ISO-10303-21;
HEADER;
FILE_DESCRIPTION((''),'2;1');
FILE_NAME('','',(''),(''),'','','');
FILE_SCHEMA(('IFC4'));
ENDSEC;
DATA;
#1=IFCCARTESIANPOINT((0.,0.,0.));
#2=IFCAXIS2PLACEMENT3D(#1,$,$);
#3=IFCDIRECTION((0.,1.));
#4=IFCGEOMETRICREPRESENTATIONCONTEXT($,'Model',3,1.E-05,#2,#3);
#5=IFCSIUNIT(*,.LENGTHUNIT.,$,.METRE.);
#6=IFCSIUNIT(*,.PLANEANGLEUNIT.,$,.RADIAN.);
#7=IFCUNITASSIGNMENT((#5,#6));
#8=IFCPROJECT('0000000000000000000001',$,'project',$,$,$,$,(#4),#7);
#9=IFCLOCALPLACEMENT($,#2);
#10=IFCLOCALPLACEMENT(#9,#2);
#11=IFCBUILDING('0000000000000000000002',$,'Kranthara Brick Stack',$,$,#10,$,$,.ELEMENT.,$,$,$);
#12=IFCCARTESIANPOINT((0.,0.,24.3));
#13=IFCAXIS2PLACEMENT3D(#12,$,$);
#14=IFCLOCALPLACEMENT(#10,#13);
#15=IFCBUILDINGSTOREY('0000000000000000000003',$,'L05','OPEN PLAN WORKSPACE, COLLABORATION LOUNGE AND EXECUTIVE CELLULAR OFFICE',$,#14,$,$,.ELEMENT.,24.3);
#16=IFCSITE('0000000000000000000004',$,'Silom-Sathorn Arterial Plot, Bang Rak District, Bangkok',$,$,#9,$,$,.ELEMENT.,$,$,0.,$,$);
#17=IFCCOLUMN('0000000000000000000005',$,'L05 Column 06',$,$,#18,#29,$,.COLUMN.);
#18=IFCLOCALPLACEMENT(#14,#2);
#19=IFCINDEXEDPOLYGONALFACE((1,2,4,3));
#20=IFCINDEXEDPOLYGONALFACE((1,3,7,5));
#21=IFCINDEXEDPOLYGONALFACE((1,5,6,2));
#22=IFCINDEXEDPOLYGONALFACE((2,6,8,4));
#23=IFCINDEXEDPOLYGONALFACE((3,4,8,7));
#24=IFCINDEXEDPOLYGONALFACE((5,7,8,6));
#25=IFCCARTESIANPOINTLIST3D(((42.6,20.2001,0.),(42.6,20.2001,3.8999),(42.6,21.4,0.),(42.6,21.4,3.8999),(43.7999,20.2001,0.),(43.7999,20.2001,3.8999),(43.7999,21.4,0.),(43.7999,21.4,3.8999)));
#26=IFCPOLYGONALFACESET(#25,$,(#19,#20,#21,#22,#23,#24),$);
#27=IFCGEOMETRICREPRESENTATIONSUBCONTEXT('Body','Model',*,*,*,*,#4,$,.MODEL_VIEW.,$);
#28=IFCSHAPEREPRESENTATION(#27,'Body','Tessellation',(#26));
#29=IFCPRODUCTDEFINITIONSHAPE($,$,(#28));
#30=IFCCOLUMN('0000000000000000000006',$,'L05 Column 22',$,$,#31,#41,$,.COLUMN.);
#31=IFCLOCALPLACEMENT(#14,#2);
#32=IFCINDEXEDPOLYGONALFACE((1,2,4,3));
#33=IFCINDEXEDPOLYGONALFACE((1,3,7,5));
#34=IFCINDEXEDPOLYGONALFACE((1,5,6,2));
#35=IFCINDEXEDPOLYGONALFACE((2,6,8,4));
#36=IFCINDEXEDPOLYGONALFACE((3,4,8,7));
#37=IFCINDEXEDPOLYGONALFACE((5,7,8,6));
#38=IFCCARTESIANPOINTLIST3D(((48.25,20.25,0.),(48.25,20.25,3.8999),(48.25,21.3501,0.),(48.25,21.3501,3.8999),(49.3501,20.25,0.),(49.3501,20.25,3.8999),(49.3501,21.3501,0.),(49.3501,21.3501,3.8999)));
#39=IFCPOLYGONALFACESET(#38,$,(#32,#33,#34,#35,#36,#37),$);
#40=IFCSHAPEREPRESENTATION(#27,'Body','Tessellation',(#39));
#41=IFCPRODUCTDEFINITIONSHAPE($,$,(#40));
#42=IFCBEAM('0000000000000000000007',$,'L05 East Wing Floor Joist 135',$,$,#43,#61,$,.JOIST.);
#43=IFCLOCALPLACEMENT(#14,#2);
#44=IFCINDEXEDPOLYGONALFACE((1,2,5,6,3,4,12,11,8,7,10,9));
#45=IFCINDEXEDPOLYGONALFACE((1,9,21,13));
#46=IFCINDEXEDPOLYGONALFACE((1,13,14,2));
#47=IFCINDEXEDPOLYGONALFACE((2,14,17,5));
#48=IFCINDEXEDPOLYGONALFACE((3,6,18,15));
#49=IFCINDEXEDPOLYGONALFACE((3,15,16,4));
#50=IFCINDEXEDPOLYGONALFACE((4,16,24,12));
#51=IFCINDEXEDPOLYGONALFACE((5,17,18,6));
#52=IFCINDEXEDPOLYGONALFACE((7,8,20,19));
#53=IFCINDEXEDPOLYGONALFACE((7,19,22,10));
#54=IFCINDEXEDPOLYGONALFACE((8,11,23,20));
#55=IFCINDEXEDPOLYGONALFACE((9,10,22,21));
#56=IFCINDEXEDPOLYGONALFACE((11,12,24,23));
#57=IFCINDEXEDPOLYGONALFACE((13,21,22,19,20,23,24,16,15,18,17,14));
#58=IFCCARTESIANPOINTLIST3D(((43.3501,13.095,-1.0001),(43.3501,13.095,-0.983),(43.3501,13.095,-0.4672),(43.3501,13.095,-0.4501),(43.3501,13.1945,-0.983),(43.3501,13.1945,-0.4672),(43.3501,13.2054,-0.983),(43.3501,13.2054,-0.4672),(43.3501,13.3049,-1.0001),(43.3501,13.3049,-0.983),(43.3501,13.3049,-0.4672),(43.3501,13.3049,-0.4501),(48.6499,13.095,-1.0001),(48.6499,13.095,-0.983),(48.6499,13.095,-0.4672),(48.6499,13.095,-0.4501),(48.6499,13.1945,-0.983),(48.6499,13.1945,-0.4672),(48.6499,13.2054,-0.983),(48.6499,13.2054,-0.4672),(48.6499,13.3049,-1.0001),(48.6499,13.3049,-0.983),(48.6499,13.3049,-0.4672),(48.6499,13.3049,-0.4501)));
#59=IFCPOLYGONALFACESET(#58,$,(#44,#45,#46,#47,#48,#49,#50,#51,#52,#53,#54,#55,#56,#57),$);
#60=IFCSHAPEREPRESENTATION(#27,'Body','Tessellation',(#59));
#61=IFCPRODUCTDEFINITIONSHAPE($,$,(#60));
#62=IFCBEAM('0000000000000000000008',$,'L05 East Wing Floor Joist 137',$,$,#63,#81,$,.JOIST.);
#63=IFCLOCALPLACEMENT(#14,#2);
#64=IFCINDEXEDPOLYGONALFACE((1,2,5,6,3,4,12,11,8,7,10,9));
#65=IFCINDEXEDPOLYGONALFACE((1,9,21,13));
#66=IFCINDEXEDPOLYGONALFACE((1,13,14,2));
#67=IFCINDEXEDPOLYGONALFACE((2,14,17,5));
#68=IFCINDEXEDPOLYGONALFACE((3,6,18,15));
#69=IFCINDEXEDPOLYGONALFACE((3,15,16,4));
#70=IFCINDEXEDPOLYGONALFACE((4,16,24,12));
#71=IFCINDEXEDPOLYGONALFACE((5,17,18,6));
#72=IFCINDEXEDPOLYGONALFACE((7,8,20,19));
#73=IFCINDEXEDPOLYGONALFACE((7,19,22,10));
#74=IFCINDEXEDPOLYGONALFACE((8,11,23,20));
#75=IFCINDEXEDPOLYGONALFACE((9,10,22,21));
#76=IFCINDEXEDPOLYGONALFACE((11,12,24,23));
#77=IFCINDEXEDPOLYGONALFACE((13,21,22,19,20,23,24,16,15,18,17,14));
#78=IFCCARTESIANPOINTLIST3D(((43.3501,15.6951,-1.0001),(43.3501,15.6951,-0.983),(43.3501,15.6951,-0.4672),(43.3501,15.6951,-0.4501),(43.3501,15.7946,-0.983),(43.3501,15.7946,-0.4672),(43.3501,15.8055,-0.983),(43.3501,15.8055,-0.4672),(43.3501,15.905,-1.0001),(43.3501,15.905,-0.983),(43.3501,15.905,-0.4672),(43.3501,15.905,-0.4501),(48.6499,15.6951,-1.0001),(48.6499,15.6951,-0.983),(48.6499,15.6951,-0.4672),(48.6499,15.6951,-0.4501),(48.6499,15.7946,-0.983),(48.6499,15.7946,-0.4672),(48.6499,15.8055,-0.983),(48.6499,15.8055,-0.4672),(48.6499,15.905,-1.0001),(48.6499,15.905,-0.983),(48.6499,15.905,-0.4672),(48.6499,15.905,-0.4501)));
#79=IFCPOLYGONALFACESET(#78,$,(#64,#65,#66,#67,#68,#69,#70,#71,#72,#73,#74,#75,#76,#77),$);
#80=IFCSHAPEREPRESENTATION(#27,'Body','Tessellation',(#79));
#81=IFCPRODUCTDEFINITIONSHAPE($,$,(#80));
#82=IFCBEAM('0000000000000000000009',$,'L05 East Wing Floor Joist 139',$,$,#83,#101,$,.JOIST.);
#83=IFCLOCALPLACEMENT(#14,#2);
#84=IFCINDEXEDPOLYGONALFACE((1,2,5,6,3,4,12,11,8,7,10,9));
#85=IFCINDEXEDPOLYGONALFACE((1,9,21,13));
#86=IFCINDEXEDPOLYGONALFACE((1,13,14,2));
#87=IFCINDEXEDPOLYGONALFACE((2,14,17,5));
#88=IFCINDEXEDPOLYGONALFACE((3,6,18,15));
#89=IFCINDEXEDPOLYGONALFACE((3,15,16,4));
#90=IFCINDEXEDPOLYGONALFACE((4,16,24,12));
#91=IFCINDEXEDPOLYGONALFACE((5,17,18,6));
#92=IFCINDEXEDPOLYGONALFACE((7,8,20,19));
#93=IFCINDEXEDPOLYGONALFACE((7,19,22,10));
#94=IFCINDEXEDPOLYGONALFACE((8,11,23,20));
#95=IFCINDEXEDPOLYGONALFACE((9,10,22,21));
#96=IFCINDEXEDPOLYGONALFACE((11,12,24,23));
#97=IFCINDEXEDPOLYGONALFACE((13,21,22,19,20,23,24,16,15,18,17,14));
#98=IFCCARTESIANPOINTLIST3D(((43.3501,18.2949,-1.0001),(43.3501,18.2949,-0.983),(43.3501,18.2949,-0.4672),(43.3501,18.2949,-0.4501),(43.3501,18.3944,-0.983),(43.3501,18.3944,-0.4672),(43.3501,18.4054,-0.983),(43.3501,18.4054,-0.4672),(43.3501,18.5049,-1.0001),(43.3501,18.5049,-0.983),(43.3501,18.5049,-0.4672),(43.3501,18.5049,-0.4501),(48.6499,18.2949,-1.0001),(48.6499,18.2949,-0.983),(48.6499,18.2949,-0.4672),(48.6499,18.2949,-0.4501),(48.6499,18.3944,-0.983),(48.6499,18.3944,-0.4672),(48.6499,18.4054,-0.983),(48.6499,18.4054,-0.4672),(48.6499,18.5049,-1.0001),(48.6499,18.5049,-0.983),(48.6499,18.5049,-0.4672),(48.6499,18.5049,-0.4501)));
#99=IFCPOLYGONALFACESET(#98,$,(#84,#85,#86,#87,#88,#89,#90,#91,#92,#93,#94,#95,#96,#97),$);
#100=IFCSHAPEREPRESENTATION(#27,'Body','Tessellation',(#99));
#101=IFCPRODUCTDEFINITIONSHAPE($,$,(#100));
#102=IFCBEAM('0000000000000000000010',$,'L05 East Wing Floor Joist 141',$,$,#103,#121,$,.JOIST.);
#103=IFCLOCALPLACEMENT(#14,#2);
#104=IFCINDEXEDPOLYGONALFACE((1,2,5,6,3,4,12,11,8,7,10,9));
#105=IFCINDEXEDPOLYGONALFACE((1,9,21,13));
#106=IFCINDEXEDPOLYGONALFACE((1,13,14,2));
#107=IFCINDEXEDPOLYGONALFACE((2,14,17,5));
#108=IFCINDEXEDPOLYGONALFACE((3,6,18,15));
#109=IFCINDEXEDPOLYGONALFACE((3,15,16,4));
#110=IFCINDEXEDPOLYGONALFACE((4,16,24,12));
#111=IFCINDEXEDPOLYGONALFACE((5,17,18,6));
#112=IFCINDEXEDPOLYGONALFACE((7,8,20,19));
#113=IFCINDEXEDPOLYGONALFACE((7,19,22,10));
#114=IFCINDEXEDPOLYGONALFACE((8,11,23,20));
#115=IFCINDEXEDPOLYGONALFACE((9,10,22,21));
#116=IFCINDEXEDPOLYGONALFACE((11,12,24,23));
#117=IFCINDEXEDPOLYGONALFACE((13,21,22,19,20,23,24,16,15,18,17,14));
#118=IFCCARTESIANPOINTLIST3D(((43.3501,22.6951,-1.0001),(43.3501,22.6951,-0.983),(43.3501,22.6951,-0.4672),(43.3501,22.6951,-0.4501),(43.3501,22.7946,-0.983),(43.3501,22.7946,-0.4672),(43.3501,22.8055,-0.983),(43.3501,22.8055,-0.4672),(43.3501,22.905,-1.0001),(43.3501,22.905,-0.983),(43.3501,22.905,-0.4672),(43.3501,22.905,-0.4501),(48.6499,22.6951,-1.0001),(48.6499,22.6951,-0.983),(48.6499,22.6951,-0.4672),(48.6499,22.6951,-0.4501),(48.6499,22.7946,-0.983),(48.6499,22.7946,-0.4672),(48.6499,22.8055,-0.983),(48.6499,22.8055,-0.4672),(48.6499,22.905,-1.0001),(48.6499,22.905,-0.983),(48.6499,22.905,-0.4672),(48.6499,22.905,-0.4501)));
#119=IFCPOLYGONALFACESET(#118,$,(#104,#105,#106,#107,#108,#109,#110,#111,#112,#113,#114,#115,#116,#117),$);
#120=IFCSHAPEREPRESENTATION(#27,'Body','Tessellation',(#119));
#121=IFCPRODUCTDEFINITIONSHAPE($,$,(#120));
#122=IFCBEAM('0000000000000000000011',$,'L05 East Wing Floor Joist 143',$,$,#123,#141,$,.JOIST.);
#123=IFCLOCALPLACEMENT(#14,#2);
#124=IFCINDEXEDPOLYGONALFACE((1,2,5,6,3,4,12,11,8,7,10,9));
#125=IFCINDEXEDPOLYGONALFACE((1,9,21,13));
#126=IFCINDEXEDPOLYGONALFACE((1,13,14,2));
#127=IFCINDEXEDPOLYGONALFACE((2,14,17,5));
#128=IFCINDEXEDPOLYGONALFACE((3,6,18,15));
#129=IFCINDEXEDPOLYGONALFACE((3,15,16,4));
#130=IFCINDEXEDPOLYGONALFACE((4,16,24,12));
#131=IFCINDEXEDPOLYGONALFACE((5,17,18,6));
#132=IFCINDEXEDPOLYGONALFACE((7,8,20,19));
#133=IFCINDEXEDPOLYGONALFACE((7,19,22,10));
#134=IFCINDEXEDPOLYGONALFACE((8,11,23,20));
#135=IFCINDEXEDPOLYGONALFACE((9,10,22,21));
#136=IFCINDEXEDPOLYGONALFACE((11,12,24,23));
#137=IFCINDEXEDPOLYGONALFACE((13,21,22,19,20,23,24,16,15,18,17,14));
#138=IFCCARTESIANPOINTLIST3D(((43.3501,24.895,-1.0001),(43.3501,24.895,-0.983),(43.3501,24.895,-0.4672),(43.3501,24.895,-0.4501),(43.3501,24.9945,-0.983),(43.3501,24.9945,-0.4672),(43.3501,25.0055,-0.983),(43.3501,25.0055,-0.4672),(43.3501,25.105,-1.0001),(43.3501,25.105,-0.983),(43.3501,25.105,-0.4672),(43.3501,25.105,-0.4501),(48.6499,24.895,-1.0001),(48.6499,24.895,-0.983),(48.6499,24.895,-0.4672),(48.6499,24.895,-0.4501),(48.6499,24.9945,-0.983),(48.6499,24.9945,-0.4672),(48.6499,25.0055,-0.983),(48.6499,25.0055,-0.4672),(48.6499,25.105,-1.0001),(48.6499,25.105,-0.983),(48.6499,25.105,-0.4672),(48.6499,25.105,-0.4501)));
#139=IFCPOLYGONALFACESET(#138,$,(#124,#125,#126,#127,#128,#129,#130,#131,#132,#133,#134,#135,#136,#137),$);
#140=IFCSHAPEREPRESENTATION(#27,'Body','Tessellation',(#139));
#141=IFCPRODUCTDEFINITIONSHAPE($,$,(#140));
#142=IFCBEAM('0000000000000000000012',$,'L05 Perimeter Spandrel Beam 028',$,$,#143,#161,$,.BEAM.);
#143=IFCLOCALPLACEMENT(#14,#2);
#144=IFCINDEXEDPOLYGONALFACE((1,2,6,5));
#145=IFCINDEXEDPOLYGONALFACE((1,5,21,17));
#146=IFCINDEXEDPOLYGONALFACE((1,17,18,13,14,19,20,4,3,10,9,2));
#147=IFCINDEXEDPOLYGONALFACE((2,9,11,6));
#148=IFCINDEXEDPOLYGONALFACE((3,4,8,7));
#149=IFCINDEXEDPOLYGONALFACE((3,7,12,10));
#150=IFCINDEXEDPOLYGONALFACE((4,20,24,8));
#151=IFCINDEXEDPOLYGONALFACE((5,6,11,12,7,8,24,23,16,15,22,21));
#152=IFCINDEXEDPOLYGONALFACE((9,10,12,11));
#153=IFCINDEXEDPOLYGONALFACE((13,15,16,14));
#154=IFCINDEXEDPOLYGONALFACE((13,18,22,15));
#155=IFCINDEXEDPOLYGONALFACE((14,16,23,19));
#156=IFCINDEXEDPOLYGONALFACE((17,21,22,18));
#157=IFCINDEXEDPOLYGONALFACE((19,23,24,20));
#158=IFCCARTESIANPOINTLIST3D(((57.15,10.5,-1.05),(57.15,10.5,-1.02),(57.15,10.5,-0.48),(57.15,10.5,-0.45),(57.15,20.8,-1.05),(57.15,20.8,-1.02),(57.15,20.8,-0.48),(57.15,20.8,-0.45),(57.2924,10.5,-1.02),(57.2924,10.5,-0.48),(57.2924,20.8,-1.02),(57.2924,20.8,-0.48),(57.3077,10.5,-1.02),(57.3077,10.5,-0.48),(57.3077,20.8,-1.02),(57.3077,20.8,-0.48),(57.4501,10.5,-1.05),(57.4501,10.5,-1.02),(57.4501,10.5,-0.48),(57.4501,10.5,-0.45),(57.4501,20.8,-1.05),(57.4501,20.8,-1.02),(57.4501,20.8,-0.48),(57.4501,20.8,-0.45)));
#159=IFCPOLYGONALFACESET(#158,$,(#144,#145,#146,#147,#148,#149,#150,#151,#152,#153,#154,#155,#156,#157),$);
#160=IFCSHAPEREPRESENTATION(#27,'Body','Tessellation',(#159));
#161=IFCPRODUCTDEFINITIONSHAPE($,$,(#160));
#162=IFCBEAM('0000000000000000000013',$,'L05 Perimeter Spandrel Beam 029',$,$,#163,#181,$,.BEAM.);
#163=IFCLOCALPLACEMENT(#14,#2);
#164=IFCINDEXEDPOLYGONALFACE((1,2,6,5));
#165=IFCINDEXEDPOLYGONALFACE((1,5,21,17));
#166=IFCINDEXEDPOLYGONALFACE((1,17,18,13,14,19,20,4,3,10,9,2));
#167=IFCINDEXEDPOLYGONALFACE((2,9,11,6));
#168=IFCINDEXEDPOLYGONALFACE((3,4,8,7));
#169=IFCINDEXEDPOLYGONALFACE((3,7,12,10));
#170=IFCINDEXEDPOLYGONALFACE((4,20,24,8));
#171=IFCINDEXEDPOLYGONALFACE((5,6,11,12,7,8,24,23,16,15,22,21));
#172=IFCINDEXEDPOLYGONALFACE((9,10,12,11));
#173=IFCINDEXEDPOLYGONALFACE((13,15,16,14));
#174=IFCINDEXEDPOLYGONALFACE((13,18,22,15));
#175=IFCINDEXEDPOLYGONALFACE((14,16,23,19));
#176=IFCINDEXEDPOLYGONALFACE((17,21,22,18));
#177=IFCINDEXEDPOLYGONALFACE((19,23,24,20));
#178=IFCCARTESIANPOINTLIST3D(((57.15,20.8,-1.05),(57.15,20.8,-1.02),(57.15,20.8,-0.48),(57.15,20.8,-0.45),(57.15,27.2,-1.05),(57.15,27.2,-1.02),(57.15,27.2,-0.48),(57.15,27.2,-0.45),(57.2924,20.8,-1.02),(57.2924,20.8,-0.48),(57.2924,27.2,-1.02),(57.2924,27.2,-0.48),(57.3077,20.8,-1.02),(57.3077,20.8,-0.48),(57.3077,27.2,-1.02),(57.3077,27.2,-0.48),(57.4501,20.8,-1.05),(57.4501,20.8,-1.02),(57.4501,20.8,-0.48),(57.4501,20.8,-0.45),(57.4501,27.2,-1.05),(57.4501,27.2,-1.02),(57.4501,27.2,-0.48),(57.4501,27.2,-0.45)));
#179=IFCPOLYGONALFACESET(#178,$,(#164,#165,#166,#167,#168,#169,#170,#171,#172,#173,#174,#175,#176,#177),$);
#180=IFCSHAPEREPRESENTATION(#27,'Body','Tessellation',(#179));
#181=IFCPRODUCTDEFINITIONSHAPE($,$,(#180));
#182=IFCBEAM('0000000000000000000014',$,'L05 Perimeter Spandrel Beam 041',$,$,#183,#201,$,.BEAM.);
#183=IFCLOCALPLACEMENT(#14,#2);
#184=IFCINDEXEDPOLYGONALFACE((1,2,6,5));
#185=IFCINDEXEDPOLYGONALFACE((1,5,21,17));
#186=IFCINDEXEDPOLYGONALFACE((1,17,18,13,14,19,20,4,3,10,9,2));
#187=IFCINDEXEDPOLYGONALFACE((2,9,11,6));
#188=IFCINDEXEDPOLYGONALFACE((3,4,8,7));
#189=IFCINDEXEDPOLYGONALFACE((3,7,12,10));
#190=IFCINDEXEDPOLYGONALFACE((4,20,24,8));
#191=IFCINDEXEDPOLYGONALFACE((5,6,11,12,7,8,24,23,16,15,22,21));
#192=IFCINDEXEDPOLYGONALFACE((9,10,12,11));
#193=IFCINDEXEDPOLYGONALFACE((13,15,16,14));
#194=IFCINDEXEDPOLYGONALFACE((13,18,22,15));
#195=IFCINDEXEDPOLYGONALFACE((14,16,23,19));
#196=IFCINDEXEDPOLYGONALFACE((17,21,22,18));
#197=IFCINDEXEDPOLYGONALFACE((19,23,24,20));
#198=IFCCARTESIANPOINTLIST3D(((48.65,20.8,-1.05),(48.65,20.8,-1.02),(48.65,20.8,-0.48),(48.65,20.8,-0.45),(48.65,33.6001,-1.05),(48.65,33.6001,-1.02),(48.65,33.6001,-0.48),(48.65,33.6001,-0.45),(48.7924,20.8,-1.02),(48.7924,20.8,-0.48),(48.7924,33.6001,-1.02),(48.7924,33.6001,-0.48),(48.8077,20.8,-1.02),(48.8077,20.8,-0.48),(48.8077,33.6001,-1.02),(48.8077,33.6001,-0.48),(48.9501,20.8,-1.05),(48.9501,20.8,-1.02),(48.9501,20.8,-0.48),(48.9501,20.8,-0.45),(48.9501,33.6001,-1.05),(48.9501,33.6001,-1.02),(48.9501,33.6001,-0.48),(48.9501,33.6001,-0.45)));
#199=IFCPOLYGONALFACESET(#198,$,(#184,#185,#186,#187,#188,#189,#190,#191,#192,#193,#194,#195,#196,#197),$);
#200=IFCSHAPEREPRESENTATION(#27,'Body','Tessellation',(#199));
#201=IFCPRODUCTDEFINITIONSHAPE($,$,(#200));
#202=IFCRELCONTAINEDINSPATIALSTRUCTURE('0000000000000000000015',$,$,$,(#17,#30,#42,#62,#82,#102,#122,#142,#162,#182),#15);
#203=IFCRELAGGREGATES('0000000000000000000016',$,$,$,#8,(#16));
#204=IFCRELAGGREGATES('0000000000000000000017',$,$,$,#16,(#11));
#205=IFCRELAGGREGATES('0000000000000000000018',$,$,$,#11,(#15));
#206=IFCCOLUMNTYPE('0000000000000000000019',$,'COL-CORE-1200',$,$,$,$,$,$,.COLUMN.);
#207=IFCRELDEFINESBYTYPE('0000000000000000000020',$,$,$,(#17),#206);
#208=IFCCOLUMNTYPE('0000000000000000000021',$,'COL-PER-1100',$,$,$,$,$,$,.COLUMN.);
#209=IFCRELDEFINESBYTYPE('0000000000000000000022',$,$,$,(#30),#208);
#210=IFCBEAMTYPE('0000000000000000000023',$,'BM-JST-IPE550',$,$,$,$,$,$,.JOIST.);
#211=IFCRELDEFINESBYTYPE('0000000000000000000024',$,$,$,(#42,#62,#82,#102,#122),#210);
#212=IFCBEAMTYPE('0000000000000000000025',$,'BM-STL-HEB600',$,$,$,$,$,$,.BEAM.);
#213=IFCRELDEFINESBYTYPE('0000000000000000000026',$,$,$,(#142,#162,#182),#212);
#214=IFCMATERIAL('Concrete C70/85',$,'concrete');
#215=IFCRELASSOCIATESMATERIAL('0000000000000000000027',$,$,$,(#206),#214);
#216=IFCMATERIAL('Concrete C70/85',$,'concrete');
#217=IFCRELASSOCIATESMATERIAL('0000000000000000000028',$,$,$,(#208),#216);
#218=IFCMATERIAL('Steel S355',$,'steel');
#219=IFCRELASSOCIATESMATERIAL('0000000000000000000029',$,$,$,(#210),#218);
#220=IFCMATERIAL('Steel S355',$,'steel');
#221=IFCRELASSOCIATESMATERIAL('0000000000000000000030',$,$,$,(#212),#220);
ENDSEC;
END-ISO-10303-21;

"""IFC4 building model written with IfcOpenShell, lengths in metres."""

from ifc_helpers import new_model, si_unit, direction, frame, origin, origin_2d, place, context, subcontext, project, spatial, rectangle, i_section, extrude, material, material_profile, profile_set, type_object, element, save


model = new_model("IFC4")

# Units and contexts
model_context = context("Model", 3, precision=1e-05, world=origin(), true_north=direction((0.0, 1.0)))
body_context = subcontext(model_context, "Body", "Model", "MODEL_VIEW")
ifc_project = project(units=[si_unit("LENGTHUNIT", "METRE"), si_unit("PLANEANGLEUNIT", "RADIAN")], contexts=[model_context])

# Site, building, storey
site_placement = place(None, origin())
site = spatial("IfcSite", under=ifc_project, at=site_placement, Name="Silom-Sathorn Arterial Plot, Bang Rak District, Bangkok", CompositionType="ELEMENT", RefElevation=0.0)
building_placement = place(site_placement, origin())
building = spatial("IfcBuilding", under=site, at=building_placement, Name="Kranthara Brick Stack", CompositionType="ELEMENT")
storey_placement = place(building_placement, frame((0.0, 0.0, 24.3)))
storey = spatial("IfcBuildingStorey", under=building, at=storey_placement, Name="L05", Description="OPEN PLAN WORKSPACE, COLLABORATION LOUNGE AND EXECUTIVE CELLULAR OFFICE", CompositionType="ELEMENT", Elevation=24.3)

# Columns
ifc_material_1 = material(Name="Concrete C70/85", Category="concrete")
ifc_material_profile_1 = material_profile(ifc_material_1, rectangle(XDim=1.2, YDim=1.2, at=origin_2d()), Name="RC 1200x1200")
ifc_profile_set_1 = profile_set([ifc_material_profile_1], Name="Concrete C70/85")
column_type_1 = type_object("IfcColumnType", Name="COL-CORE-1200", PredefinedType="COLUMN", material=ifc_profile_set_1)
column_1_placement = place(storey_placement, frame((43.2, 20.8, 0.0), z_axis=(0.0, 0.0, 1.0), x_axis=(1.0, 0.0, 0.0)))
element("IfcColumn", 1, at=column_1_placement, inside=storey, type_object=column_type_1, Name="L05 Column 06", PredefinedType="COLUMN", context=body_context, shape_type="SweptSolid", body=[
    extrude(rectangle(XDim=1.2, YDim=1.2, at=origin_2d()), origin(), (0.0, 0.0, 1.0), 3.8999),
])
ifc_material_2 = material(Name="Concrete C70/85", Category="concrete")
ifc_material_profile_2 = material_profile(ifc_material_2, rectangle(XDim=1.1001, YDim=1.1001, at=origin_2d()), Name="RC 1100x1100")
ifc_profile_set_2 = profile_set([ifc_material_profile_2], Name="Concrete C70/85")
column_type_2 = type_object("IfcColumnType", Name="COL-PER-1100", PredefinedType="COLUMN", material=ifc_profile_set_2)
column_2_placement = place(storey_placement, frame((48.8, 20.8, 0.0), z_axis=(0.0, 0.0, 1.0), x_axis=(1.0, 0.0, 0.0)))
element("IfcColumn", 2, at=column_2_placement, inside=storey, type_object=column_type_2, Name="L05 Column 22", PredefinedType="COLUMN", context=body_context, shape_type="SweptSolid", body=[
    extrude(rectangle(XDim=1.1001, YDim=1.1001, at=origin_2d()), origin(), (0.0, 0.0, 1.0), 3.8999),
])

# Beams
ifc_material_3 = material(Name="Steel S355", Category="steel")
ifc_material_profile_3 = material_profile(ifc_material_3, i_section(OverallWidth=0.21, OverallDepth=0.55, WebThickness=0.011, FlangeThickness=0.0171, at=origin_2d()), Name="IPE 550")
ifc_profile_set_3 = profile_set([ifc_material_profile_3], Name="Steel S355")
beam_type_1 = type_object("IfcBeamType", Name="BM-JST-IPE550", PredefinedType="JOIST", material=ifc_profile_set_3)
for number, where, z_axis, x_axis, name in (
    (3, (43.3501, 13.2, -0.7251), (1.0, 0.0, 0.0), (0.0, 1.0, 0.0), "L05 East Wing Floor Joist 135"),
    (4, (43.3501, 15.8, -0.7251), (1.0, 0.0, 0.0), (0.0, 1.0, 0.0), "L05 East Wing Floor Joist 137"),
    (5, (43.3501, 18.3999, -0.7251), (1.0, 0.0, 0.0), (0.0, 1.0, 0.0), "L05 East Wing Floor Joist 139"),
    (6, (43.3501, 22.8, -0.7251), (1.0, 0.0, 0.0), (0.0, 1.0, 0.0), "L05 East Wing Floor Joist 141"),
    (7, (43.3501, 25.0, -0.7251), (1.0, 0.0, 0.0), (0.0, 1.0, 0.0), "L05 East Wing Floor Joist 143"),
):
    element("IfcBeam", number, at=place(storey_placement, frame(where, z_axis=z_axis, x_axis=x_axis)), inside=storey, type_object=beam_type_1, Name=name, PredefinedType="JOIST", context=body_context, shape_type="SweptSolid", body=[
        extrude(i_section(OverallWidth=0.21, OverallDepth=0.55, WebThickness=0.011, FlangeThickness=0.0171, at=origin_2d()), origin(), (0.0, 0.0, 1.0), 5.2998),
    ])
ifc_material_4 = material(Name="Steel S355", Category="steel")
ifc_material_profile_4 = material_profile(ifc_material_4, i_section(OverallWidth=0.3, OverallDepth=0.6001, WebThickness=0.0154, FlangeThickness=0.03, at=origin_2d()), Name="HEB 600")
ifc_profile_set_4 = profile_set([ifc_material_profile_4], Name="Steel S355")
beam_type_2 = type_object("IfcBeamType", Name="BM-STL-HEB600", PredefinedType="BEAM", material=ifc_profile_set_4)
beam_1_placement = place(storey_placement, frame((57.3, 10.5, -0.75), z_axis=(0.0, 1.0, 0.0), x_axis=(-1.0, 0.0, 0.0)))
element("IfcBeam", 8, at=beam_1_placement, inside=storey, type_object=beam_type_2, Name="L05 Perimeter Spandrel Beam 028", PredefinedType="BEAM", context=body_context, shape_type="SweptSolid", body=[
    extrude(i_section(OverallWidth=0.3, OverallDepth=0.6001, WebThickness=0.0154, FlangeThickness=0.03, at=origin_2d()), origin(), (0.0, 0.0, 1.0), 10.3),
])
beam_2_placement = place(storey_placement, frame((57.3, 20.8, -0.75), z_axis=(0.0, 1.0, 0.0), x_axis=(-1.0, 0.0, 0.0)))
element("IfcBeam", 9, at=beam_2_placement, inside=storey, type_object=beam_type_2, Name="L05 Perimeter Spandrel Beam 029", PredefinedType="BEAM", context=body_context, shape_type="SweptSolid", body=[
    extrude(i_section(OverallWidth=0.3, OverallDepth=0.6001, WebThickness=0.0154, FlangeThickness=0.03, at=origin_2d()), origin(), (0.0, 0.0, 1.0), 6.3999),
])
beam_3_placement = place(storey_placement, frame((48.8, 20.8, -0.75), z_axis=(0.0, 1.0, 0.0), x_axis=(-1.0, 0.0, 0.0)))
element("IfcBeam", 10, at=beam_3_placement, inside=storey, type_object=beam_type_2, Name="L05 Perimeter Spandrel Beam 041", PredefinedType="BEAM", context=body_context, shape_type="SweptSolid", body=[
    extrude(i_section(OverallWidth=0.3, OverallDepth=0.6001, WebThickness=0.0154, FlangeThickness=0.03, at=origin_2d()), origin(), (0.0, 0.0, 1.0), 12.8),
])

save(model, "model.ifc")
